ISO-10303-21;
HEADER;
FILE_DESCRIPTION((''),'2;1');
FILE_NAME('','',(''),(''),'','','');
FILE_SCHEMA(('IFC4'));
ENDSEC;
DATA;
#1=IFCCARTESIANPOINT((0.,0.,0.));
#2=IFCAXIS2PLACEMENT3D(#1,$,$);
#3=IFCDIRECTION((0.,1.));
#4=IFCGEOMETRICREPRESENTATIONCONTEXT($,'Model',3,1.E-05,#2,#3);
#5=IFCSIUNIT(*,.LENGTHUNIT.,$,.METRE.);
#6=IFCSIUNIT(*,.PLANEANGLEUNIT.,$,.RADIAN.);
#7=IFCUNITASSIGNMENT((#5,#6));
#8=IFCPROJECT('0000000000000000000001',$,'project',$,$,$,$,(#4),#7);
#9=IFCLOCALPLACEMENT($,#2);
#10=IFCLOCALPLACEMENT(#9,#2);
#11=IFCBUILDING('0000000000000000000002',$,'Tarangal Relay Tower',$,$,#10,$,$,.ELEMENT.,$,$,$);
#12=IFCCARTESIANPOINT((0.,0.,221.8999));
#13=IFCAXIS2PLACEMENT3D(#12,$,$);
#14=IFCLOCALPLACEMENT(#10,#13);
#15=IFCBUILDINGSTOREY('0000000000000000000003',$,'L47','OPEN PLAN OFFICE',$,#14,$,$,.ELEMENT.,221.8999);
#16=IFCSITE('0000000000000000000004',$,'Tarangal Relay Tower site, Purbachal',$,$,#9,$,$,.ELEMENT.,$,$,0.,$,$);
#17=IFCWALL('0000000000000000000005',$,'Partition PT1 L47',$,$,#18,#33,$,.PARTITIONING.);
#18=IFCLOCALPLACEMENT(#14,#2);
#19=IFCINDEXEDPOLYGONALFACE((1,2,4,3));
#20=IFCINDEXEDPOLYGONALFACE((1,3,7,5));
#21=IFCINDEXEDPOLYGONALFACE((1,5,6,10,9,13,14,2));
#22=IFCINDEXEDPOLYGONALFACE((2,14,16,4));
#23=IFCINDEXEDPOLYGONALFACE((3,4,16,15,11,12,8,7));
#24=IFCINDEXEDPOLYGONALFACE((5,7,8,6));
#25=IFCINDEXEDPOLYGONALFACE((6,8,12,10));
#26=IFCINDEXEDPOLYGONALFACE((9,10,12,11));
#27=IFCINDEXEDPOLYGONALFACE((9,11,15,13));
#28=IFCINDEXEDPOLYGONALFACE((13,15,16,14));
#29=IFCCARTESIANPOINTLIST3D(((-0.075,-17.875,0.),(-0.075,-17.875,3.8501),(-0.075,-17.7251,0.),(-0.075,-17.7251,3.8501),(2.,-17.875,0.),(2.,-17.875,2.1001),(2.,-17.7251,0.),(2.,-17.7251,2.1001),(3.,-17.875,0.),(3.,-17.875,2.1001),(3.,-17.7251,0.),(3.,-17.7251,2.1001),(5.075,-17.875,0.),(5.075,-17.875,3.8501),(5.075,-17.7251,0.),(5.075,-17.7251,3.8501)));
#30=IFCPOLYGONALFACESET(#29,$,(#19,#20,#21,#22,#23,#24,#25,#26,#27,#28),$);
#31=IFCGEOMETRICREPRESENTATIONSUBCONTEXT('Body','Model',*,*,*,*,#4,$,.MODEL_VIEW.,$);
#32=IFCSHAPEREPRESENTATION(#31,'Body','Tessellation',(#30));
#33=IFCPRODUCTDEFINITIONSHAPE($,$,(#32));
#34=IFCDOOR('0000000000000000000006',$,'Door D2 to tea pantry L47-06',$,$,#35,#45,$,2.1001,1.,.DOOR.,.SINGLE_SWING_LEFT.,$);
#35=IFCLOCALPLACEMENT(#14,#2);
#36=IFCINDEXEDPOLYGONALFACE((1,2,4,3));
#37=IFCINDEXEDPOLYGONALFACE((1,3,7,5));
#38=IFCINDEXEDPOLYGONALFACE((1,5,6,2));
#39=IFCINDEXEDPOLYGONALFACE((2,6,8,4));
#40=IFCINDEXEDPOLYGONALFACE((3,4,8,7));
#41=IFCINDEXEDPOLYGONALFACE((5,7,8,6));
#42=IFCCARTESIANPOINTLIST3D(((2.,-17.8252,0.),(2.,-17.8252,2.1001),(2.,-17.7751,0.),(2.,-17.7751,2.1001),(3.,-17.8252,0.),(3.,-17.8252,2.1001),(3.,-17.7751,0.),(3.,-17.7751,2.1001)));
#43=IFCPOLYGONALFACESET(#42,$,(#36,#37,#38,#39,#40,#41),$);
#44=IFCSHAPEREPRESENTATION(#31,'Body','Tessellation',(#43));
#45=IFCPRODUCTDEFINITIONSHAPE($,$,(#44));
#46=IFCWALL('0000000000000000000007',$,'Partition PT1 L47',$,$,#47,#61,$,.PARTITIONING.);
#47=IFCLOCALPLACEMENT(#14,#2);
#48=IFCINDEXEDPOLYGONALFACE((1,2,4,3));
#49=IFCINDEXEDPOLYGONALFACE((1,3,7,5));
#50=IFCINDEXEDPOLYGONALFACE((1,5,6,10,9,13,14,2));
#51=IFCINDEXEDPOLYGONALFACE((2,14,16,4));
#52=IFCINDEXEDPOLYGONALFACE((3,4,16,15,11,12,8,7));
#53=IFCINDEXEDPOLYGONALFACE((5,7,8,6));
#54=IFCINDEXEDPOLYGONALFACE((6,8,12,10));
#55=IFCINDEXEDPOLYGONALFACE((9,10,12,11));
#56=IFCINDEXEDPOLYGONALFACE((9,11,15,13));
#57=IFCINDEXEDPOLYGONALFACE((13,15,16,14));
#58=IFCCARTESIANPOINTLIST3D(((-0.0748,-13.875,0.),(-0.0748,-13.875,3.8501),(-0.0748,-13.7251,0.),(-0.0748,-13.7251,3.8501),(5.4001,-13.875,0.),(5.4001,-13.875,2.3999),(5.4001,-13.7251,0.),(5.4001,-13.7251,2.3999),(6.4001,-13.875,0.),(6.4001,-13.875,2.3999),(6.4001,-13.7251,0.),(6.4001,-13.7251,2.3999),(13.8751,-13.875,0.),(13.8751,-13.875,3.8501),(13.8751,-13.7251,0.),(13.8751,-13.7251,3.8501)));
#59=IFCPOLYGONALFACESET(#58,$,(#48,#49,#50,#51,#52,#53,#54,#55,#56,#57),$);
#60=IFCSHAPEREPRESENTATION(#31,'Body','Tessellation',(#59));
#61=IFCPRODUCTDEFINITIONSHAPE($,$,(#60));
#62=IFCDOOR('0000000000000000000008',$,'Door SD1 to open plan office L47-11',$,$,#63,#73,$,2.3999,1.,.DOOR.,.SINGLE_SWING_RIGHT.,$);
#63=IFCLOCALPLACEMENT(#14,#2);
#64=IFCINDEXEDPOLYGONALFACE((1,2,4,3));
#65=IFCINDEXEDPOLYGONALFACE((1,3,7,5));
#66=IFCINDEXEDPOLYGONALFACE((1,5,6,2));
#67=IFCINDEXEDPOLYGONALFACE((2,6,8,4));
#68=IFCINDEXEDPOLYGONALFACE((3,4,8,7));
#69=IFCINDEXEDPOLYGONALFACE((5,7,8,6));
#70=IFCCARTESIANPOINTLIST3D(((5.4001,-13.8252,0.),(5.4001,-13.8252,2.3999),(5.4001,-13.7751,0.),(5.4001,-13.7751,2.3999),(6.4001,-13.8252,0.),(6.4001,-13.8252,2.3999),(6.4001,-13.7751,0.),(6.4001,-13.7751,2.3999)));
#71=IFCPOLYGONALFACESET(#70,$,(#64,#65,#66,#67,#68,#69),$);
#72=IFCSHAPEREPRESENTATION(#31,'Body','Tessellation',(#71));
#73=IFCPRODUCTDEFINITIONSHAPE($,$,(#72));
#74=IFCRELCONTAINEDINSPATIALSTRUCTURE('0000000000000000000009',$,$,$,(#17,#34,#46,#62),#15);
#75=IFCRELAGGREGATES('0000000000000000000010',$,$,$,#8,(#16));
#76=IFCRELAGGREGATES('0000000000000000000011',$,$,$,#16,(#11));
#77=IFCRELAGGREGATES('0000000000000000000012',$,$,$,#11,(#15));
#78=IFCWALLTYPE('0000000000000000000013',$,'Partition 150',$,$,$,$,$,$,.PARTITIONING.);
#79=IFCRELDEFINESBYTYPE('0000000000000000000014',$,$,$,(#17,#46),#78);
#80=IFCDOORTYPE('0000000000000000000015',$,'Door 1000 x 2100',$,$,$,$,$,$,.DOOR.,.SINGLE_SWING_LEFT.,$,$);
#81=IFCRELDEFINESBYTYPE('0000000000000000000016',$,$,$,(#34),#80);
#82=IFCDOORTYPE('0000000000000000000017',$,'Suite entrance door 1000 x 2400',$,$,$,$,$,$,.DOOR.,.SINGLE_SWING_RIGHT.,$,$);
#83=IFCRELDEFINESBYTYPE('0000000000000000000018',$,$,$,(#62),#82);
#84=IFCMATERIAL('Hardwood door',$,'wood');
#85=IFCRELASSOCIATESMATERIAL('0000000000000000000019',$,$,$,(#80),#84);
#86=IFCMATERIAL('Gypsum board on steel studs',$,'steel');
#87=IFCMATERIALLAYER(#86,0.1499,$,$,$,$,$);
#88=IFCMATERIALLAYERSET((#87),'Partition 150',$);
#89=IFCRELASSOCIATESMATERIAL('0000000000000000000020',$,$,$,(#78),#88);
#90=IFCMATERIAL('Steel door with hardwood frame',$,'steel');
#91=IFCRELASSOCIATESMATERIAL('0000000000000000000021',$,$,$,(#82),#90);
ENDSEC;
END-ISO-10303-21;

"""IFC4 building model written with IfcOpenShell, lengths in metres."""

from ifc_helpers import new_model, si_unit, direction, frame, frame_2d, origin, place, context, subcontext, project, spatial, rectangle, extrude, material, layer, layer_set, type_object, element, fill, save


model = new_model("IFC4")

# Units and contexts
model_context = context("Model", 3, precision=1e-05, world=origin(), true_north=direction((0.0, 1.0)))
body_context = subcontext(model_context, "Body", "Model", "MODEL_VIEW")
ifc_project = project(units=[si_unit("LENGTHUNIT", "METRE"), si_unit("PLANEANGLEUNIT", "RADIAN")], contexts=[model_context])

# Site, building, storey
site_placement = place(None, origin())
site = spatial("IfcSite", under=ifc_project, at=site_placement, Name="Tarangal Relay Tower site, Purbachal", CompositionType="ELEMENT", RefElevation=0.0)
building_placement = place(site_placement, origin())
building = spatial("IfcBuilding", under=site, at=building_placement, Name="Tarangal Relay Tower", CompositionType="ELEMENT")
storey_placement = place(building_placement, frame((0.0, 0.0, 221.8999)))
storey = spatial("IfcBuildingStorey", under=building, at=storey_placement, Name="L47", Description="OPEN PLAN OFFICE", CompositionType="ELEMENT", Elevation=221.8999)

# Shared definitions
ifc_material_1 = material(Name="Hardwood door", Category="wood")
door_type_1 = type_object("IfcDoorType", Name="Door 1000 x 2100", OperationType="SINGLE_SWING_LEFT", PredefinedType="DOOR", material=ifc_material_1)

# Walls, openings, doors
ifc_material_2 = material(Name="Gypsum board on steel studs", Category="steel")
ifc_layer_1 = layer(ifc_material_2, 0.1499)
ifc_layer_set_1 = layer_set([ifc_layer_1], Name="Partition 150")
wall_type_1 = type_object("IfcWallType", Name="Partition 150", PredefinedType="PARTITIONING", material=ifc_layer_set_1)
wall_1_placement = place(storey_placement, frame((-0.075, -17.8, 0.0), z_axis=(0.0, 0.0, 1.0), x_axis=(1.0, 0.0, 0.0)))
wall_1 = element("IfcWall", 1, at=wall_1_placement, inside=storey, type_object=wall_type_1, Name="Partition PT1 L47", PredefinedType="PARTITIONING", context=body_context, shape_type="SweptSolid", body=[
    extrude(rectangle(XDim=5.1499, YDim=0.1499, at=frame_2d((2.575, 0.0))), origin(), (0.0, 0.0, 1.0), 3.8501),
])
opening_1_placement = place(wall_1_placement, frame((2.075, 0.0, 0.0)))
opening_1 = element("IfcOpeningElement", 2, at=opening_1_placement, cuts=wall_1, PredefinedType="OPENING", context=body_context, shape_type="SweptSolid", body=[
    extrude(rectangle(XDim=1.0, YDim=2.1001, at=frame_2d((0.5, 1.05))), frame((0.0, 0.085, 0.0), z_axis=(0.0, -1.0, 0.0), x_axis=(1.0, 0.0, 0.0)), (0.0, 0.0, 1.0), 0.1699),
])
door_1_placement = place(opening_1_placement, origin())
door_1 = element("IfcDoor", 3, at=door_1_placement, inside=storey, type_object=door_type_1, Name="Door D2 to tea pantry L47-06", OperationType="SINGLE_SWING_LEFT", OverallHeight=2.1001, OverallWidth=1.0, PredefinedType="DOOR", context=body_context, shape_type="SweptSolid", body=[
    extrude(rectangle(XDim=1.0, YDim=2.1001, at=frame_2d((0.5, 1.05))), frame((0.0, 0.0249, 0.0), z_axis=(0.0, -1.0, 0.0), x_axis=(1.0, 0.0, 0.0)), (0.0, 0.0, 1.0), 0.05),
])
fill(opening_1, door_1)
wall_2_placement = place(storey_placement, frame((-0.075, -13.8, 0.0), z_axis=(0.0, 0.0, 1.0), x_axis=(1.0, 0.0, 0.0)))
wall_2 = element("IfcWall", 4, at=wall_2_placement, inside=storey, type_object=wall_type_1, Name="Partition PT1 L47", PredefinedType="PARTITIONING", context=body_context, shape_type="SweptSolid", body=[
    extrude(rectangle(XDim=13.95, YDim=0.1499, at=frame_2d((6.9751, 0.0))), origin(), (0.0, 0.0, 1.0), 3.8501),
])
opening_2_placement = place(wall_2_placement, frame((5.4751, 0.0, 0.0)))
opening_2 = element("IfcOpeningElement", 5, at=opening_2_placement, cuts=wall_2, PredefinedType="OPENING", context=body_context, shape_type="SweptSolid", body=[
    extrude(rectangle(XDim=1.0, YDim=2.3999, at=frame_2d((0.5, 1.2))), frame((0.0, 0.085, 0.0), z_axis=(0.0, -1.0, 0.0), x_axis=(1.0, 0.0, 0.0)), (0.0, 0.0, 1.0), 0.1699),
])
ifc_material_3 = material(Name="Steel door with hardwood frame", Category="steel")
door_type_2 = type_object("IfcDoorType", Name="Suite entrance door 1000 x 2400", OperationType="SINGLE_SWING_RIGHT", PredefinedType="DOOR", material=ifc_material_3)
door_2_placement = place(opening_2_placement, origin())
door_2 = element("IfcDoor", 6, at=door_2_placement, inside=storey, type_object=door_type_2, Name="Door SD1 to open plan office L47-11", OperationType="SINGLE_SWING_RIGHT", OverallHeight=2.3999, OverallWidth=1.0, PredefinedType="DOOR", context=body_context, shape_type="SweptSolid", body=[
    extrude(rectangle(XDim=1.0, YDim=2.3999, at=frame_2d((0.5, 1.2))), frame((0.0, 0.0249, 0.0), z_axis=(0.0, -1.0, 0.0), x_axis=(1.0, 0.0, 0.0)), (0.0, 0.0, 1.0), 0.05),
])
fill(opening_2, door_2)

save(model, "model.ifc")
